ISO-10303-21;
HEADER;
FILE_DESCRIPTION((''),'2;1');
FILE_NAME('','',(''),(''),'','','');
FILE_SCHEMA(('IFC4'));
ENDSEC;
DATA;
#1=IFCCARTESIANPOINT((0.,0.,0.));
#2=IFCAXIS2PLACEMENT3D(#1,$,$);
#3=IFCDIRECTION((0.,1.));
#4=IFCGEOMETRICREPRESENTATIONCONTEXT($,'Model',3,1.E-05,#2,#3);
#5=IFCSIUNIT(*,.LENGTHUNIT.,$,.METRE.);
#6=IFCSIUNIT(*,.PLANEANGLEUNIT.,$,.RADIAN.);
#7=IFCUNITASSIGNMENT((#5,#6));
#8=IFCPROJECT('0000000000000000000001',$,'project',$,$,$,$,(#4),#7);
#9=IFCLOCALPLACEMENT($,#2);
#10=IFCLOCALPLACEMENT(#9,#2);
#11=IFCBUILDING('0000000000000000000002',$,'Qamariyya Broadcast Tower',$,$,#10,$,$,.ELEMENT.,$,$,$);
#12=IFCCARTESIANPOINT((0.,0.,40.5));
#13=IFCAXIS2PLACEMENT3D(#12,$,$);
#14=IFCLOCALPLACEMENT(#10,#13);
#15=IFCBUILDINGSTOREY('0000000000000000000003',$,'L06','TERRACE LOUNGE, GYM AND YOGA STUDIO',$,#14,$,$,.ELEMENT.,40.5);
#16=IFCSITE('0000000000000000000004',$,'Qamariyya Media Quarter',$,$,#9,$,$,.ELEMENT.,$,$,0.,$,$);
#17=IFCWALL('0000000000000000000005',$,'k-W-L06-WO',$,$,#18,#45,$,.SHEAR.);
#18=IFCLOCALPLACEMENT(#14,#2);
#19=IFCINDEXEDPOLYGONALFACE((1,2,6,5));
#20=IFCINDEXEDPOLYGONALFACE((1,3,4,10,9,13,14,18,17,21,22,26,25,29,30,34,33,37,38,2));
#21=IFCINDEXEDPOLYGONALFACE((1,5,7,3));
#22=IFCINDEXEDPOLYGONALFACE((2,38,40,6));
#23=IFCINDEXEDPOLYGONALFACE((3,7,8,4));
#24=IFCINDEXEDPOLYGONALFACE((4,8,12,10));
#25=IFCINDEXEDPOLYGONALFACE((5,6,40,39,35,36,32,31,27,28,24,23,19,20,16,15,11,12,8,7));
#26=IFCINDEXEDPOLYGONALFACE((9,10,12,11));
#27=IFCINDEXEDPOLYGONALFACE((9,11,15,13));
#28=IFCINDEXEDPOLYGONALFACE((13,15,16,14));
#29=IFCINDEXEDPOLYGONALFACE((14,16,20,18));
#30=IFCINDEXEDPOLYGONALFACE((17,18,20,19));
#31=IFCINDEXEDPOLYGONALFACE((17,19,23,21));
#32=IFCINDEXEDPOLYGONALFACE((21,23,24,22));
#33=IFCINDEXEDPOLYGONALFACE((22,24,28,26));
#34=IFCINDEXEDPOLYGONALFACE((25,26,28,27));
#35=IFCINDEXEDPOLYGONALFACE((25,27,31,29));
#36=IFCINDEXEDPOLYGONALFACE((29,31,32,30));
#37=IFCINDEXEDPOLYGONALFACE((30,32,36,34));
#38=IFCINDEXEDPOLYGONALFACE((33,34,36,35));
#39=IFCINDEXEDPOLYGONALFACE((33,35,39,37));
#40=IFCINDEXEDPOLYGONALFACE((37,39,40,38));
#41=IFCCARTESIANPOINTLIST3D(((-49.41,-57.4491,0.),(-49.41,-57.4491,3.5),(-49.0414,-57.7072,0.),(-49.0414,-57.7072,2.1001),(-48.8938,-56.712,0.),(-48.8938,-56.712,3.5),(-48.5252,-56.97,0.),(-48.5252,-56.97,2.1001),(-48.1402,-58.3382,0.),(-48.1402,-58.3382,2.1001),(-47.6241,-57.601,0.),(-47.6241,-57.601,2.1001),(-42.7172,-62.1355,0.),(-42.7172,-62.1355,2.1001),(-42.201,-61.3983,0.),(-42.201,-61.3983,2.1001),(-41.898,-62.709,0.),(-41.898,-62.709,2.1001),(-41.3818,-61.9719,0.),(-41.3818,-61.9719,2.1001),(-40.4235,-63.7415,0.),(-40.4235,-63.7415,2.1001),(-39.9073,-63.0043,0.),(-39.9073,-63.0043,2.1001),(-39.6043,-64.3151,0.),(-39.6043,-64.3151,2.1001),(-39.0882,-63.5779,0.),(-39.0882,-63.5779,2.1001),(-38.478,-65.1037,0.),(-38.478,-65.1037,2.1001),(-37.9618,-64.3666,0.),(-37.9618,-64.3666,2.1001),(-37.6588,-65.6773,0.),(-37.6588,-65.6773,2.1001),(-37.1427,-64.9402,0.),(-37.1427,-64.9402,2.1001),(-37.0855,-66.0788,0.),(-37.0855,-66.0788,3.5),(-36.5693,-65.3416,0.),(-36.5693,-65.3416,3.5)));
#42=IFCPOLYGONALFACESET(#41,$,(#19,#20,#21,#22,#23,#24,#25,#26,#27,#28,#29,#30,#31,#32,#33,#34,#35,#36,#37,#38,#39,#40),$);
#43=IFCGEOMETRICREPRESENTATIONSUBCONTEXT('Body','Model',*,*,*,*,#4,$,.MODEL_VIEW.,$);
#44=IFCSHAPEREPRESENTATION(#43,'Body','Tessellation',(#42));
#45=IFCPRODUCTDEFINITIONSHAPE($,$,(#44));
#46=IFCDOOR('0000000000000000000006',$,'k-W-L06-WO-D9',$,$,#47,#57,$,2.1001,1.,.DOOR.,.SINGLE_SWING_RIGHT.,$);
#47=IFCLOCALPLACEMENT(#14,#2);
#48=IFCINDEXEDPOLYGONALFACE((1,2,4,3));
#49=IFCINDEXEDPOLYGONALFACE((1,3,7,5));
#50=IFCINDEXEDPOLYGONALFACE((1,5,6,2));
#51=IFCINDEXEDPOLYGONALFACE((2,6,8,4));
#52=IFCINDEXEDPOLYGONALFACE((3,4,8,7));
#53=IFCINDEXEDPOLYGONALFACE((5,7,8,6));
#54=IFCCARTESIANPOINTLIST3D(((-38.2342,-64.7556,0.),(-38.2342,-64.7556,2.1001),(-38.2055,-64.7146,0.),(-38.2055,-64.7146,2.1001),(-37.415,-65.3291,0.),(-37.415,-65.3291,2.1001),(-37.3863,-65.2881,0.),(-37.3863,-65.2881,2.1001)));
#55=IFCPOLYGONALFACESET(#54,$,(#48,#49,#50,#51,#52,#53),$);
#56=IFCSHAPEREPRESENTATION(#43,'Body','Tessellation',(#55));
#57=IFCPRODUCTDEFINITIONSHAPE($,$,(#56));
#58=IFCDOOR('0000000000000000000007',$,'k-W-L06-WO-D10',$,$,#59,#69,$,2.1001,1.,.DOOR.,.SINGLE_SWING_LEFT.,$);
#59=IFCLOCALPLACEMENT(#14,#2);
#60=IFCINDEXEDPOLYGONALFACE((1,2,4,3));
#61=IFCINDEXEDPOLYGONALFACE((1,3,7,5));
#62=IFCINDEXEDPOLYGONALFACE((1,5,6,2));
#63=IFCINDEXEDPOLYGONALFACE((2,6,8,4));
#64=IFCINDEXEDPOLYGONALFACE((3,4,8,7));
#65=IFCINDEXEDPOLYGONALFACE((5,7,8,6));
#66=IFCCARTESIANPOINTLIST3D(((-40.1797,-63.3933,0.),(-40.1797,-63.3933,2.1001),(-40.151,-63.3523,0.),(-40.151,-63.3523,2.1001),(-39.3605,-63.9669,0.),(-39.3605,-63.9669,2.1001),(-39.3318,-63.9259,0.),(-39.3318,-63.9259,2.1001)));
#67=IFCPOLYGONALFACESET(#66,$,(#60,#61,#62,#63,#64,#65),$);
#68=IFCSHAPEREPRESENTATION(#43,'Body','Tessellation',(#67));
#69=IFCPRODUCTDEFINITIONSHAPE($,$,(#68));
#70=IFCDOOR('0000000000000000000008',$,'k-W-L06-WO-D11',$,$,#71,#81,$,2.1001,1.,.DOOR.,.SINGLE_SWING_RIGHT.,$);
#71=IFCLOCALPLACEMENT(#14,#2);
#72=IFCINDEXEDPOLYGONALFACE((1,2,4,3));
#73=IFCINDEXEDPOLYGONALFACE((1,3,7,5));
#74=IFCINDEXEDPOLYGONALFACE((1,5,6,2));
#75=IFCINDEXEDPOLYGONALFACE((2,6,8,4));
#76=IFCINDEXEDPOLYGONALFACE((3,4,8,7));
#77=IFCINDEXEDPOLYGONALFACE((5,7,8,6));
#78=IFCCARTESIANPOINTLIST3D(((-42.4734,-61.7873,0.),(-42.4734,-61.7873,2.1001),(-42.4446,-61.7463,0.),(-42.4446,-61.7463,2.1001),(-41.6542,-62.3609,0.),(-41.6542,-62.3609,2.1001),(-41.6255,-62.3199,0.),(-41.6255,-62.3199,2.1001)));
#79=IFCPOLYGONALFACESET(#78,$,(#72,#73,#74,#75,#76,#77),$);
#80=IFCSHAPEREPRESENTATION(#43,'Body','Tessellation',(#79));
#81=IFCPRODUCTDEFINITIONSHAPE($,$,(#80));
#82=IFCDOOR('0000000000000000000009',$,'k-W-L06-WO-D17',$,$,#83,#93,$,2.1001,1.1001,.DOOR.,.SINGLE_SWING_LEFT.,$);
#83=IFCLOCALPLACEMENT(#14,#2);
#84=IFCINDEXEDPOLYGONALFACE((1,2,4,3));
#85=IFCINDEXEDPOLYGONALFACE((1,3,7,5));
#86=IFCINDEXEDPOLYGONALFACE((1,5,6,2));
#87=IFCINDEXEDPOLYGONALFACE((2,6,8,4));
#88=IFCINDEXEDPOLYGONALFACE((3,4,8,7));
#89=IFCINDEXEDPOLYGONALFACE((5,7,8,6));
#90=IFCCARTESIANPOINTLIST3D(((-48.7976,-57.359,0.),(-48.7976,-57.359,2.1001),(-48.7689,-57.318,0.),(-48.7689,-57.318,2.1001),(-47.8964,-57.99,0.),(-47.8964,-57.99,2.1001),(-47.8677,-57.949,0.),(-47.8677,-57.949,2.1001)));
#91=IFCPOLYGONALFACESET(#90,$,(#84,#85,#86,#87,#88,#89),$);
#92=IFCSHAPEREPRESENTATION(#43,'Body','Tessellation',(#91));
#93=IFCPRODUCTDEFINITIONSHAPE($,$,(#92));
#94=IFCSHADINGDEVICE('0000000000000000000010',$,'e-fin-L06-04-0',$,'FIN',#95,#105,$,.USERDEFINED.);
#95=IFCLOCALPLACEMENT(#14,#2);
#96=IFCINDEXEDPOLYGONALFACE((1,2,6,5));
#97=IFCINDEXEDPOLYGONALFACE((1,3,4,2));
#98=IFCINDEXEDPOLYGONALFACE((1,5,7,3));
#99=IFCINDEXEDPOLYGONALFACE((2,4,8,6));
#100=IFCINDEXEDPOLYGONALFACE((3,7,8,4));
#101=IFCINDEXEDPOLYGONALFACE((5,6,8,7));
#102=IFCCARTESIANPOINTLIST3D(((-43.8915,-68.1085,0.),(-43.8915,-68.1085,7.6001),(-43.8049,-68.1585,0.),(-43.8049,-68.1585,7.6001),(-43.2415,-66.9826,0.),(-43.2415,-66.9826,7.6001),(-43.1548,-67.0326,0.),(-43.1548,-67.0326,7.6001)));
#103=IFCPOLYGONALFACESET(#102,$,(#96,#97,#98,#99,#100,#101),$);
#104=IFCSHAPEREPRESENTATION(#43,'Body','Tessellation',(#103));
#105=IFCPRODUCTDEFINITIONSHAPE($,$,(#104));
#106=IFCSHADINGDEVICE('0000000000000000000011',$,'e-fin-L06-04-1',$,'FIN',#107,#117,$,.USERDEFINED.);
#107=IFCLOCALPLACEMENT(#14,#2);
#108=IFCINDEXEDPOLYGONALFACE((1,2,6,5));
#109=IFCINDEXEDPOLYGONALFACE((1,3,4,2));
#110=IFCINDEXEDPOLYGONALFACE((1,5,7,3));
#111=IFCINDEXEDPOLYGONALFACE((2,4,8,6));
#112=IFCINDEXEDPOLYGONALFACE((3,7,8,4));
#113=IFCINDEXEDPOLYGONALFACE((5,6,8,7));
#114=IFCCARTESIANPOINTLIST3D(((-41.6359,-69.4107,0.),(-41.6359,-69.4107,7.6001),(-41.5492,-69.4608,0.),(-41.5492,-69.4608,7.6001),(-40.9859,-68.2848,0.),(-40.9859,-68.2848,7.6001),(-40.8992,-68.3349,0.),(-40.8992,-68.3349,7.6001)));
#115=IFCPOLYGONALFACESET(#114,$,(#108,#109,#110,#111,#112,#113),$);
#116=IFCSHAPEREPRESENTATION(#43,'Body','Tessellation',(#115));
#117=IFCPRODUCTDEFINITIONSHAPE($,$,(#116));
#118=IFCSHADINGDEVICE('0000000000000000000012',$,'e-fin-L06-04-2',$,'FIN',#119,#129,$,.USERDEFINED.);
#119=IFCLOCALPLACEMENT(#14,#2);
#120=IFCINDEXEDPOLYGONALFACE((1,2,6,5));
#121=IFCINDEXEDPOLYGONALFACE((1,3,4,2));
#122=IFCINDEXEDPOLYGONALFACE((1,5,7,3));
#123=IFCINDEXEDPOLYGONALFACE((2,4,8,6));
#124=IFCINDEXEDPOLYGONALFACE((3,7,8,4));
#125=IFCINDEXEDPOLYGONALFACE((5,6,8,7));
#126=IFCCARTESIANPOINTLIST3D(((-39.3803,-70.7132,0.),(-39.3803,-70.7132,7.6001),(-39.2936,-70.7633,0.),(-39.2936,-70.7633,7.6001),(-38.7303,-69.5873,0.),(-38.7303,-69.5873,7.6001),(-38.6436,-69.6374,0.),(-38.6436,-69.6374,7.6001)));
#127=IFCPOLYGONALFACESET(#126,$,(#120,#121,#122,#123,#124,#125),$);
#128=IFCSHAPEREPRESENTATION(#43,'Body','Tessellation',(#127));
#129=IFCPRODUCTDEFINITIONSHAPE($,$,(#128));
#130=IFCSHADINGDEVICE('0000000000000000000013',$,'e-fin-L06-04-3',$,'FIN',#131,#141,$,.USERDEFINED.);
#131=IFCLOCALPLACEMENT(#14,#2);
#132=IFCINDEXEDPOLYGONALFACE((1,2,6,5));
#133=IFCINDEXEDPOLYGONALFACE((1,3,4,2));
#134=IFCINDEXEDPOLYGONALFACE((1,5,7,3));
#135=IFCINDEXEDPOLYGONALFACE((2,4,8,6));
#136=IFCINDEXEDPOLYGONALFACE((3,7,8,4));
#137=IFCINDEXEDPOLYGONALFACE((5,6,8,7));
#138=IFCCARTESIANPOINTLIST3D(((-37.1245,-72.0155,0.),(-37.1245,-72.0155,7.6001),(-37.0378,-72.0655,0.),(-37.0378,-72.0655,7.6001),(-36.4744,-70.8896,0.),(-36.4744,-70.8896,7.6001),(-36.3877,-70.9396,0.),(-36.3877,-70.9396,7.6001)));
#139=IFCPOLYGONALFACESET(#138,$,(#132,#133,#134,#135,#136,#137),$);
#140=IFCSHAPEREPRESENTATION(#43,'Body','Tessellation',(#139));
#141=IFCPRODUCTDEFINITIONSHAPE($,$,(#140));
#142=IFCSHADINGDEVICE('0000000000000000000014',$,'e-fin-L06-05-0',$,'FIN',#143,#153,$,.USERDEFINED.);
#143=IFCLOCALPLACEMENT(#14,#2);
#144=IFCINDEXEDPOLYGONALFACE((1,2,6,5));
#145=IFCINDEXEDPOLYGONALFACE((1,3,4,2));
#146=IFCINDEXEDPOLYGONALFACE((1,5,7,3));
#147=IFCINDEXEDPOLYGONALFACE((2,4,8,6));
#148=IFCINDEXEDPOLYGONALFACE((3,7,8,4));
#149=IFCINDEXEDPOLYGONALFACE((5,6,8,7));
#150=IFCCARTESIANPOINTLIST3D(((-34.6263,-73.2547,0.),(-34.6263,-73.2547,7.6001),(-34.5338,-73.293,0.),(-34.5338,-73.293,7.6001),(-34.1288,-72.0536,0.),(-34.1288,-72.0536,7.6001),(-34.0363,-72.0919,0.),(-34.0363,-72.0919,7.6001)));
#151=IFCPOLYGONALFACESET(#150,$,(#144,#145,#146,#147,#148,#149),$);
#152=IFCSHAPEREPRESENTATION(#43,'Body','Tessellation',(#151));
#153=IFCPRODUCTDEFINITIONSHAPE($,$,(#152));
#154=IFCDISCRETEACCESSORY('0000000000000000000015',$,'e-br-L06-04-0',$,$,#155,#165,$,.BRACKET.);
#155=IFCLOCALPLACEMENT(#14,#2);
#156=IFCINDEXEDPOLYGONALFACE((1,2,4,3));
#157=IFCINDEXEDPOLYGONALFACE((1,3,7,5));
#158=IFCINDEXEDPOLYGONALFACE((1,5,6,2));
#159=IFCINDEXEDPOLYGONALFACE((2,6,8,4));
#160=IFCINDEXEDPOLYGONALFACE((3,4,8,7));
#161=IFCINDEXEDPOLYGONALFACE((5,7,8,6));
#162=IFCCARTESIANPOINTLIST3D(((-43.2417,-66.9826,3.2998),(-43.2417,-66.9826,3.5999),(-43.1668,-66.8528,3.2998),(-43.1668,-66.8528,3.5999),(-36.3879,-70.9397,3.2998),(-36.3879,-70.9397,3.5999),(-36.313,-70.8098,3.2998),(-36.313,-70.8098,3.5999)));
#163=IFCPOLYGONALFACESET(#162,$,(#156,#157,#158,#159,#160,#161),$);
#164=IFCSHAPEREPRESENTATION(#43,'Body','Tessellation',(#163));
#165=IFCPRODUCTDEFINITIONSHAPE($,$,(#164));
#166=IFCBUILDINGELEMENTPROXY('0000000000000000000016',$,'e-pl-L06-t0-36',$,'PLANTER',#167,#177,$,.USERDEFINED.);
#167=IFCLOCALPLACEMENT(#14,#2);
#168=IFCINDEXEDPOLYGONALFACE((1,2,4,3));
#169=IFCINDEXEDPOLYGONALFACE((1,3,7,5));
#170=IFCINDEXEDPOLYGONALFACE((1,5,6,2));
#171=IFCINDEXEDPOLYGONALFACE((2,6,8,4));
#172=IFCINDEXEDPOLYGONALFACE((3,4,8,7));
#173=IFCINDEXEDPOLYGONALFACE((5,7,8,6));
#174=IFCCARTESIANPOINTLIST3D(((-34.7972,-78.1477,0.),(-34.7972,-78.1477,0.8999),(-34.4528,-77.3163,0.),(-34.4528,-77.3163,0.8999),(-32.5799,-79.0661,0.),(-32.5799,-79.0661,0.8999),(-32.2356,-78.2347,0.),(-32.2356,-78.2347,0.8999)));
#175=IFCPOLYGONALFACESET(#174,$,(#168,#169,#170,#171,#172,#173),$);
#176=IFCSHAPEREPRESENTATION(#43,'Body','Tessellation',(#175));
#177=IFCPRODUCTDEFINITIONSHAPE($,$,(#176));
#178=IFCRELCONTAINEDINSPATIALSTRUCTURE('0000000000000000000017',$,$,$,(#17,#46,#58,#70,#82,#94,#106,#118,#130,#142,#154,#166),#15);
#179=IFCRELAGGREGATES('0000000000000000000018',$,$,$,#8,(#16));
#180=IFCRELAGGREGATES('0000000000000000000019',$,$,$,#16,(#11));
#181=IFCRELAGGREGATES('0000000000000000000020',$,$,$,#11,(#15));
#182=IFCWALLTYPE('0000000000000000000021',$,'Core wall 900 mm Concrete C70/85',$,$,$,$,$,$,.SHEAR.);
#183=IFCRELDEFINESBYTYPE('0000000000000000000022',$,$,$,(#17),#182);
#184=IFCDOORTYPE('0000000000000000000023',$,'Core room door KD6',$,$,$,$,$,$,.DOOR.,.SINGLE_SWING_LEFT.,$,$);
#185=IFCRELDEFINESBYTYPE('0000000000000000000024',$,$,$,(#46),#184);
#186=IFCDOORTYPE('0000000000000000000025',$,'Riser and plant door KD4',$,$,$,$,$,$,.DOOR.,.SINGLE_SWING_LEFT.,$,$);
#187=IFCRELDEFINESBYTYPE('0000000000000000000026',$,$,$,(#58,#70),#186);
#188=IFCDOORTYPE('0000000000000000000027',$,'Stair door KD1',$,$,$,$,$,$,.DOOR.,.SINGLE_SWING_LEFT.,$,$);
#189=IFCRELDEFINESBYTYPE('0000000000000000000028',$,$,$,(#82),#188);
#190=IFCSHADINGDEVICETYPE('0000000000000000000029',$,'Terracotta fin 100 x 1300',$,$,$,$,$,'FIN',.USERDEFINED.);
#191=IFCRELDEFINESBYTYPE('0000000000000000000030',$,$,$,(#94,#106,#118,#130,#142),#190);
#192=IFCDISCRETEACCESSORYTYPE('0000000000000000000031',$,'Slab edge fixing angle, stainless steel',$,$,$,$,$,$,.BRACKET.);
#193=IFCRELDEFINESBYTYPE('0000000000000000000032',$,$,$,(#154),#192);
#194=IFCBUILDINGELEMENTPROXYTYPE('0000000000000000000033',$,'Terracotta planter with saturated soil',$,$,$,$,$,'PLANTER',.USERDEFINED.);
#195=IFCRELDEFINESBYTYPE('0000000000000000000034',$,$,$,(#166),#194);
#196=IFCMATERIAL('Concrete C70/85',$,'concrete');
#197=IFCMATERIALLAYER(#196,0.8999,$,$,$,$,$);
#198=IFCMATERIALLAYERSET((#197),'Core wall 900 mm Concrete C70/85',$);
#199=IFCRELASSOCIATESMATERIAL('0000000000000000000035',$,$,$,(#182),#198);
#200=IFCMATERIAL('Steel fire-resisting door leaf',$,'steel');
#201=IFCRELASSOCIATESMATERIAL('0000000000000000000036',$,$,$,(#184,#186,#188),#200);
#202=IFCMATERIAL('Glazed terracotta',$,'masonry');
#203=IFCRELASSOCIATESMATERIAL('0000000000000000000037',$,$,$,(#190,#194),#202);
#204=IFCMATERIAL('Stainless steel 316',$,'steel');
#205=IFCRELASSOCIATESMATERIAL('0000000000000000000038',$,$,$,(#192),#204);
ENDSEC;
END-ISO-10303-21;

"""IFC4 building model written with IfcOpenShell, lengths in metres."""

from ifc_helpers import new_model, si_unit, direction, frame, frame_2d, origin, origin_2d, place, context, subcontext, project, spatial, rectangle, extrude, material, layer, layer_set, material_profile, profile_set, type_object, element, fill, save


model = new_model("IFC4")

# Units and contexts
model_context = context("Model", 3, precision=1e-05, world=origin(), true_north=direction((0.0, 1.0)))
body_context = subcontext(model_context, "Body", "Model", "MODEL_VIEW")
ifc_project = project(units=[si_unit("LENGTHUNIT", "METRE"), si_unit("PLANEANGLEUNIT", "RADIAN")], contexts=[model_context])

# Site, building, storey
site_placement = place(None, origin())
site = spatial("IfcSite", under=ifc_project, at=site_placement, Name="Qamariyya Media Quarter", CompositionType="ELEMENT", RefElevation=0.0)
building_placement = place(site_placement, origin())
building = spatial("IfcBuilding", under=site, at=building_placement, Name="Qamariyya Broadcast Tower", CompositionType="ELEMENT")
storey_placement = place(building_placement, frame((0.0, 0.0, 40.5)))
storey = spatial("IfcBuildingStorey", under=building, at=storey_placement, Name="L06", Description="TERRACE LOUNGE, GYM AND YOGA STUDIO", CompositionType="ELEMENT", Elevation=40.5)

# Shared definitions
ifc_material_1 = material(Name="Concrete C70/85", Category="concrete")

# Shared definitions
ifc_layer = layer(ifc_material_1, 0.8999)
ifc_layer_set = layer_set([ifc_layer], Name="Core wall 900 mm Concrete C70/85")
wall_type = type_object("IfcWallType", Name="Core wall 900 mm Concrete C70/85", PredefinedType="SHEAR", material=ifc_layer_set)
ifc_material_2 = material(Name="Steel fire-resisting door leaf", Category="steel")

# Wall, openings, doors
wall_1_placement = place(storey_placement, frame((-36.8274, -65.7102, 0.0), z_axis=(0.0, 0.0, 1.0), x_axis=(-0.819153, 0.573575, 0.0)))
wall_1 = element("IfcWall", 1, at=wall_1_placement, inside=storey, type_object=wall_type, Name="k-W-L06-WO", PredefinedType="SHEAR", context=body_context, shape_type="SweptSolid", body=[
    extrude(rectangle(XDim=15.0454, YDim=0.8999, at=frame_2d((7.5227, 0.0))), origin(), (0.0, 0.0, 1.0), 3.5),
])
opening_1_placement = place(wall_1_placement, frame((0.7, 0.0, 0.0)))
opening_1 = element("IfcOpeningElement", 2, at=opening_1_placement, cuts=wall_1, PredefinedType="OPENING", context=body_context, shape_type="SweptSolid", body=[
    extrude(rectangle(XDim=1.0, YDim=2.1001, at=frame_2d((0.5, 1.05))), frame((0.0, 0.46, 0.0), z_axis=(0.0, -1.0, 0.0), x_axis=(1.0, 0.0, 0.0)), (0.0, 0.0, 1.0), 0.9199),
])
opening_2_placement = place(wall_1_placement, frame((3.075, 0.0, 0.0)))
opening_2 = element("IfcOpeningElement", 3, at=opening_2_placement, cuts=wall_1, PredefinedType="OPENING", context=body_context, shape_type="SweptSolid", body=[
    extrude(rectangle(XDim=1.0, YDim=2.1001, at=frame_2d((0.5, 1.05))), frame((0.0, 0.46, 0.0), z_axis=(0.0, -1.0, 0.0), x_axis=(1.0, 0.0, 0.0)), (0.0, 0.0, 1.0), 0.9199),
])
opening_3_placement = place(wall_1_placement, frame((5.875, 0.0, 0.0)))
opening_3 = element("IfcOpeningElement", 4, at=opening_3_placement, cuts=wall_1, PredefinedType="OPENING", context=body_context, shape_type="SweptSolid", body=[
    extrude(rectangle(XDim=1.0, YDim=2.1001, at=frame_2d((0.5, 1.05))), frame((0.0, 0.46, 0.0), z_axis=(0.0, -1.0, 0.0), x_axis=(1.0, 0.0, 0.0)), (0.0, 0.0, 1.0), 0.9199),
])
opening_4_placement = place(wall_1_placement, frame((13.4954, 0.0, 0.0)))
opening_4 = element("IfcOpeningElement", 5, at=opening_4_placement, cuts=wall_1, PredefinedType="OPENING", context=body_context, shape_type="SweptSolid", body=[
    extrude(rectangle(XDim=1.1001, YDim=2.1001, at=frame_2d((0.55, 1.05))), frame((0.0, 0.46, 0.0), z_axis=(0.0, -1.0, 0.0), x_axis=(1.0, 0.0, 0.0)), (0.0, 0.0, 1.0), 0.9199),
])
door_type_1 = type_object("IfcDoorType", Name="Core room door KD6", OperationType="SINGLE_SWING_LEFT", PredefinedType="DOOR", material=ifc_material_2)
door_1_placement = place(opening_1_placement, origin())
door_1 = element("IfcDoor", 6, at=door_1_placement, inside=storey, type_object=door_type_1, Name="k-W-L06-WO-D9", OperationType="SINGLE_SWING_RIGHT", OverallHeight=2.1001, OverallWidth=1.0, PredefinedType="DOOR", context=body_context, shape_type="SweptSolid", body=[
    extrude(rectangle(XDim=1.0, YDim=2.1001, at=frame_2d((0.5, 1.05))), frame((0.0, 0.0249, 0.0), z_axis=(0.0, -1.0, 0.0), x_axis=(1.0, 0.0, 0.0)), (0.0, 0.0, 1.0), 0.05),
])
fill(opening_1, door_1)
door_type_2 = type_object("IfcDoorType", Name="Riser and plant door KD4", OperationType="SINGLE_SWING_LEFT", PredefinedType="DOOR", material=ifc_material_2)
door_2_placement = place(opening_2_placement, origin())
door_2 = element("IfcDoor", 7, at=door_2_placement, inside=storey, type_object=door_type_2, Name="k-W-L06-WO-D10", OperationType="SINGLE_SWING_LEFT", OverallHeight=2.1001, OverallWidth=1.0, PredefinedType="DOOR", context=body_context, shape_type="SweptSolid", body=[
    extrude(rectangle(XDim=1.0, YDim=2.1001, at=frame_2d((0.5, 1.05))), frame((0.0, 0.0249, 0.0), z_axis=(0.0, -1.0, 0.0), x_axis=(1.0, 0.0, 0.0)), (0.0, 0.0, 1.0), 0.05),
])
fill(opening_2, door_2)
door_3_placement = place(opening_3_placement, origin())
door_3 = element("IfcDoor", 8, at=door_3_placement, inside=storey, type_object=door_type_2, Name="k-W-L06-WO-D11", OperationType="SINGLE_SWING_RIGHT", OverallHeight=2.1001, OverallWidth=1.0, PredefinedType="DOOR", context=body_context, shape_type="SweptSolid", body=[
    extrude(rectangle(XDim=1.0, YDim=2.1001, at=frame_2d((0.5, 1.05))), frame((0.0, 0.0249, 0.0), z_axis=(0.0, -1.0, 0.0), x_axis=(1.0, 0.0, 0.0)), (0.0, 0.0, 1.0), 0.05),
])
fill(opening_3, door_3)
door_type_3 = type_object("IfcDoorType", Name="Stair door KD1", OperationType="SINGLE_SWING_LEFT", PredefinedType="DOOR", material=ifc_material_2)
door_4_placement = place(opening_4_placement, origin())
door_4 = element("IfcDoor", 9, at=door_4_placement, inside=storey, type_object=door_type_3, Name="k-W-L06-WO-D17", OperationType="SINGLE_SWING_LEFT", OverallHeight=2.1001, OverallWidth=1.1001, PredefinedType="DOOR", context=body_context, shape_type="SweptSolid", body=[
    extrude(rectangle(XDim=1.1001, YDim=2.1001, at=frame_2d((0.55, 1.05))), frame((0.0, 0.0249, 0.0), z_axis=(0.0, -1.0, 0.0), x_axis=(1.0, 0.0, 0.0)), (0.0, 0.0, 1.0), 0.05),
])
fill(opening_4, door_4)

# Shading devices
ifc_material_3 = material(Name="Glazed terracotta", Category="masonry")
ifc_material_profile_1 = material_profile(ifc_material_3, rectangle(XDim=1.3, YDim=0.1001, at=origin_2d()))
ifc_profile_set_1 = profile_set([ifc_material_profile_1], Name="Glazed terracotta")
shading_device_type = type_object("IfcShadingDeviceType", Name="Terracotta fin 100 x 1300", ElementType="FIN", PredefinedType="USERDEFINED", material=ifc_profile_set_1)
for number, where, z_axis, x_axis, name in (
    (10, (-43.5232, -67.5706, 0.0), (0.0, 0.0, 1.0), (-0.5, -0.866025, 0.0), "e-fin-L06-04-0"),
    (11, (-41.2676, -68.8728, 0.0), (0.0, 0.0, 1.0), (-0.5, -0.866025, 0.0), "e-fin-L06-04-1"),
    (12, (-39.012, -70.1753, 0.0), (0.0, 0.0, 1.0), (-0.5, -0.866025, 0.0), "e-fin-L06-04-2"),
    (13, (-36.7561, -71.4775, 0.0), (0.0, 0.0, 1.0), (-0.5, -0.866025, 0.0), "e-fin-L06-04-3"),
    (14, (-34.3313, -72.6733, 0.0), (0.0, 0.0, 1.0), (-0.382683, -0.92388, 0.0), "e-fin-L06-05-0"),
):
    element("IfcShadingDevice", number, at=place(storey_placement, frame(where, z_axis=z_axis, x_axis=x_axis)), inside=storey, type_object=shading_device_type, Name=name, ObjectType="FIN", PredefinedType="USERDEFINED", context=body_context, shape_type="SweptSolid", body=[
        extrude(rectangle(XDim=1.3, YDim=0.1001, at=origin_2d()), origin(), (0.0, 0.0, 1.0), 7.6001),
    ])

# Discrete accessory
ifc_material_4 = material(Name="Stainless steel 316", Category="steel")
discrete_accessory_type = type_object("IfcDiscreteAccessoryType", Name="Slab edge fixing angle, stainless steel", PredefinedType="BRACKET", material=ifc_material_4)
discrete_accessory_placement = place(storey_placement, frame((-39.7773, -68.8962, 3.2998), z_axis=(0.0, 0.0, 1.0), x_axis=(0.866025, -0.5, 0.0)))
element("IfcDiscreteAccessory", 15, at=discrete_accessory_placement, inside=storey, type_object=discrete_accessory_type, Name="e-br-L06-04-0", PredefinedType="BRACKET", context=body_context, shape_type="SweptSolid", body=[
    extrude(rectangle(XDim=7.9141, YDim=0.1499, at=origin_2d()), origin(), (0.0, 0.0, 1.0), 0.3),
])

# Building element proxy
building_element_proxy_type = type_object("IfcBuildingElementProxyType", Name="Terracotta planter with saturated soil", ElementType="PLANTER", PredefinedType="USERDEFINED", material=ifc_material_3)
for number, where, z_axis, x_axis, name in (
    (16, (-33.5164, -78.1912, 0.0), (0.0, 0.0, 1.0), (-0.92388, 0.382683, 0.0), "e-pl-L06-t0-36"),
):
    element("IfcBuildingElementProxy", number, at=place(storey_placement, frame(where, z_axis=z_axis, x_axis=x_axis)), inside=storey, type_object=building_element_proxy_type, Name=name, ObjectType="PLANTER", PredefinedType="USERDEFINED", context=body_context, shape_type="SweptSolid", body=[
        extrude(rectangle(XDim=2.3999, YDim=0.8999, at=origin_2d()), origin(), (0.0, 0.0, 1.0), 0.8999),
    ])

save(model, "model.ifc")
